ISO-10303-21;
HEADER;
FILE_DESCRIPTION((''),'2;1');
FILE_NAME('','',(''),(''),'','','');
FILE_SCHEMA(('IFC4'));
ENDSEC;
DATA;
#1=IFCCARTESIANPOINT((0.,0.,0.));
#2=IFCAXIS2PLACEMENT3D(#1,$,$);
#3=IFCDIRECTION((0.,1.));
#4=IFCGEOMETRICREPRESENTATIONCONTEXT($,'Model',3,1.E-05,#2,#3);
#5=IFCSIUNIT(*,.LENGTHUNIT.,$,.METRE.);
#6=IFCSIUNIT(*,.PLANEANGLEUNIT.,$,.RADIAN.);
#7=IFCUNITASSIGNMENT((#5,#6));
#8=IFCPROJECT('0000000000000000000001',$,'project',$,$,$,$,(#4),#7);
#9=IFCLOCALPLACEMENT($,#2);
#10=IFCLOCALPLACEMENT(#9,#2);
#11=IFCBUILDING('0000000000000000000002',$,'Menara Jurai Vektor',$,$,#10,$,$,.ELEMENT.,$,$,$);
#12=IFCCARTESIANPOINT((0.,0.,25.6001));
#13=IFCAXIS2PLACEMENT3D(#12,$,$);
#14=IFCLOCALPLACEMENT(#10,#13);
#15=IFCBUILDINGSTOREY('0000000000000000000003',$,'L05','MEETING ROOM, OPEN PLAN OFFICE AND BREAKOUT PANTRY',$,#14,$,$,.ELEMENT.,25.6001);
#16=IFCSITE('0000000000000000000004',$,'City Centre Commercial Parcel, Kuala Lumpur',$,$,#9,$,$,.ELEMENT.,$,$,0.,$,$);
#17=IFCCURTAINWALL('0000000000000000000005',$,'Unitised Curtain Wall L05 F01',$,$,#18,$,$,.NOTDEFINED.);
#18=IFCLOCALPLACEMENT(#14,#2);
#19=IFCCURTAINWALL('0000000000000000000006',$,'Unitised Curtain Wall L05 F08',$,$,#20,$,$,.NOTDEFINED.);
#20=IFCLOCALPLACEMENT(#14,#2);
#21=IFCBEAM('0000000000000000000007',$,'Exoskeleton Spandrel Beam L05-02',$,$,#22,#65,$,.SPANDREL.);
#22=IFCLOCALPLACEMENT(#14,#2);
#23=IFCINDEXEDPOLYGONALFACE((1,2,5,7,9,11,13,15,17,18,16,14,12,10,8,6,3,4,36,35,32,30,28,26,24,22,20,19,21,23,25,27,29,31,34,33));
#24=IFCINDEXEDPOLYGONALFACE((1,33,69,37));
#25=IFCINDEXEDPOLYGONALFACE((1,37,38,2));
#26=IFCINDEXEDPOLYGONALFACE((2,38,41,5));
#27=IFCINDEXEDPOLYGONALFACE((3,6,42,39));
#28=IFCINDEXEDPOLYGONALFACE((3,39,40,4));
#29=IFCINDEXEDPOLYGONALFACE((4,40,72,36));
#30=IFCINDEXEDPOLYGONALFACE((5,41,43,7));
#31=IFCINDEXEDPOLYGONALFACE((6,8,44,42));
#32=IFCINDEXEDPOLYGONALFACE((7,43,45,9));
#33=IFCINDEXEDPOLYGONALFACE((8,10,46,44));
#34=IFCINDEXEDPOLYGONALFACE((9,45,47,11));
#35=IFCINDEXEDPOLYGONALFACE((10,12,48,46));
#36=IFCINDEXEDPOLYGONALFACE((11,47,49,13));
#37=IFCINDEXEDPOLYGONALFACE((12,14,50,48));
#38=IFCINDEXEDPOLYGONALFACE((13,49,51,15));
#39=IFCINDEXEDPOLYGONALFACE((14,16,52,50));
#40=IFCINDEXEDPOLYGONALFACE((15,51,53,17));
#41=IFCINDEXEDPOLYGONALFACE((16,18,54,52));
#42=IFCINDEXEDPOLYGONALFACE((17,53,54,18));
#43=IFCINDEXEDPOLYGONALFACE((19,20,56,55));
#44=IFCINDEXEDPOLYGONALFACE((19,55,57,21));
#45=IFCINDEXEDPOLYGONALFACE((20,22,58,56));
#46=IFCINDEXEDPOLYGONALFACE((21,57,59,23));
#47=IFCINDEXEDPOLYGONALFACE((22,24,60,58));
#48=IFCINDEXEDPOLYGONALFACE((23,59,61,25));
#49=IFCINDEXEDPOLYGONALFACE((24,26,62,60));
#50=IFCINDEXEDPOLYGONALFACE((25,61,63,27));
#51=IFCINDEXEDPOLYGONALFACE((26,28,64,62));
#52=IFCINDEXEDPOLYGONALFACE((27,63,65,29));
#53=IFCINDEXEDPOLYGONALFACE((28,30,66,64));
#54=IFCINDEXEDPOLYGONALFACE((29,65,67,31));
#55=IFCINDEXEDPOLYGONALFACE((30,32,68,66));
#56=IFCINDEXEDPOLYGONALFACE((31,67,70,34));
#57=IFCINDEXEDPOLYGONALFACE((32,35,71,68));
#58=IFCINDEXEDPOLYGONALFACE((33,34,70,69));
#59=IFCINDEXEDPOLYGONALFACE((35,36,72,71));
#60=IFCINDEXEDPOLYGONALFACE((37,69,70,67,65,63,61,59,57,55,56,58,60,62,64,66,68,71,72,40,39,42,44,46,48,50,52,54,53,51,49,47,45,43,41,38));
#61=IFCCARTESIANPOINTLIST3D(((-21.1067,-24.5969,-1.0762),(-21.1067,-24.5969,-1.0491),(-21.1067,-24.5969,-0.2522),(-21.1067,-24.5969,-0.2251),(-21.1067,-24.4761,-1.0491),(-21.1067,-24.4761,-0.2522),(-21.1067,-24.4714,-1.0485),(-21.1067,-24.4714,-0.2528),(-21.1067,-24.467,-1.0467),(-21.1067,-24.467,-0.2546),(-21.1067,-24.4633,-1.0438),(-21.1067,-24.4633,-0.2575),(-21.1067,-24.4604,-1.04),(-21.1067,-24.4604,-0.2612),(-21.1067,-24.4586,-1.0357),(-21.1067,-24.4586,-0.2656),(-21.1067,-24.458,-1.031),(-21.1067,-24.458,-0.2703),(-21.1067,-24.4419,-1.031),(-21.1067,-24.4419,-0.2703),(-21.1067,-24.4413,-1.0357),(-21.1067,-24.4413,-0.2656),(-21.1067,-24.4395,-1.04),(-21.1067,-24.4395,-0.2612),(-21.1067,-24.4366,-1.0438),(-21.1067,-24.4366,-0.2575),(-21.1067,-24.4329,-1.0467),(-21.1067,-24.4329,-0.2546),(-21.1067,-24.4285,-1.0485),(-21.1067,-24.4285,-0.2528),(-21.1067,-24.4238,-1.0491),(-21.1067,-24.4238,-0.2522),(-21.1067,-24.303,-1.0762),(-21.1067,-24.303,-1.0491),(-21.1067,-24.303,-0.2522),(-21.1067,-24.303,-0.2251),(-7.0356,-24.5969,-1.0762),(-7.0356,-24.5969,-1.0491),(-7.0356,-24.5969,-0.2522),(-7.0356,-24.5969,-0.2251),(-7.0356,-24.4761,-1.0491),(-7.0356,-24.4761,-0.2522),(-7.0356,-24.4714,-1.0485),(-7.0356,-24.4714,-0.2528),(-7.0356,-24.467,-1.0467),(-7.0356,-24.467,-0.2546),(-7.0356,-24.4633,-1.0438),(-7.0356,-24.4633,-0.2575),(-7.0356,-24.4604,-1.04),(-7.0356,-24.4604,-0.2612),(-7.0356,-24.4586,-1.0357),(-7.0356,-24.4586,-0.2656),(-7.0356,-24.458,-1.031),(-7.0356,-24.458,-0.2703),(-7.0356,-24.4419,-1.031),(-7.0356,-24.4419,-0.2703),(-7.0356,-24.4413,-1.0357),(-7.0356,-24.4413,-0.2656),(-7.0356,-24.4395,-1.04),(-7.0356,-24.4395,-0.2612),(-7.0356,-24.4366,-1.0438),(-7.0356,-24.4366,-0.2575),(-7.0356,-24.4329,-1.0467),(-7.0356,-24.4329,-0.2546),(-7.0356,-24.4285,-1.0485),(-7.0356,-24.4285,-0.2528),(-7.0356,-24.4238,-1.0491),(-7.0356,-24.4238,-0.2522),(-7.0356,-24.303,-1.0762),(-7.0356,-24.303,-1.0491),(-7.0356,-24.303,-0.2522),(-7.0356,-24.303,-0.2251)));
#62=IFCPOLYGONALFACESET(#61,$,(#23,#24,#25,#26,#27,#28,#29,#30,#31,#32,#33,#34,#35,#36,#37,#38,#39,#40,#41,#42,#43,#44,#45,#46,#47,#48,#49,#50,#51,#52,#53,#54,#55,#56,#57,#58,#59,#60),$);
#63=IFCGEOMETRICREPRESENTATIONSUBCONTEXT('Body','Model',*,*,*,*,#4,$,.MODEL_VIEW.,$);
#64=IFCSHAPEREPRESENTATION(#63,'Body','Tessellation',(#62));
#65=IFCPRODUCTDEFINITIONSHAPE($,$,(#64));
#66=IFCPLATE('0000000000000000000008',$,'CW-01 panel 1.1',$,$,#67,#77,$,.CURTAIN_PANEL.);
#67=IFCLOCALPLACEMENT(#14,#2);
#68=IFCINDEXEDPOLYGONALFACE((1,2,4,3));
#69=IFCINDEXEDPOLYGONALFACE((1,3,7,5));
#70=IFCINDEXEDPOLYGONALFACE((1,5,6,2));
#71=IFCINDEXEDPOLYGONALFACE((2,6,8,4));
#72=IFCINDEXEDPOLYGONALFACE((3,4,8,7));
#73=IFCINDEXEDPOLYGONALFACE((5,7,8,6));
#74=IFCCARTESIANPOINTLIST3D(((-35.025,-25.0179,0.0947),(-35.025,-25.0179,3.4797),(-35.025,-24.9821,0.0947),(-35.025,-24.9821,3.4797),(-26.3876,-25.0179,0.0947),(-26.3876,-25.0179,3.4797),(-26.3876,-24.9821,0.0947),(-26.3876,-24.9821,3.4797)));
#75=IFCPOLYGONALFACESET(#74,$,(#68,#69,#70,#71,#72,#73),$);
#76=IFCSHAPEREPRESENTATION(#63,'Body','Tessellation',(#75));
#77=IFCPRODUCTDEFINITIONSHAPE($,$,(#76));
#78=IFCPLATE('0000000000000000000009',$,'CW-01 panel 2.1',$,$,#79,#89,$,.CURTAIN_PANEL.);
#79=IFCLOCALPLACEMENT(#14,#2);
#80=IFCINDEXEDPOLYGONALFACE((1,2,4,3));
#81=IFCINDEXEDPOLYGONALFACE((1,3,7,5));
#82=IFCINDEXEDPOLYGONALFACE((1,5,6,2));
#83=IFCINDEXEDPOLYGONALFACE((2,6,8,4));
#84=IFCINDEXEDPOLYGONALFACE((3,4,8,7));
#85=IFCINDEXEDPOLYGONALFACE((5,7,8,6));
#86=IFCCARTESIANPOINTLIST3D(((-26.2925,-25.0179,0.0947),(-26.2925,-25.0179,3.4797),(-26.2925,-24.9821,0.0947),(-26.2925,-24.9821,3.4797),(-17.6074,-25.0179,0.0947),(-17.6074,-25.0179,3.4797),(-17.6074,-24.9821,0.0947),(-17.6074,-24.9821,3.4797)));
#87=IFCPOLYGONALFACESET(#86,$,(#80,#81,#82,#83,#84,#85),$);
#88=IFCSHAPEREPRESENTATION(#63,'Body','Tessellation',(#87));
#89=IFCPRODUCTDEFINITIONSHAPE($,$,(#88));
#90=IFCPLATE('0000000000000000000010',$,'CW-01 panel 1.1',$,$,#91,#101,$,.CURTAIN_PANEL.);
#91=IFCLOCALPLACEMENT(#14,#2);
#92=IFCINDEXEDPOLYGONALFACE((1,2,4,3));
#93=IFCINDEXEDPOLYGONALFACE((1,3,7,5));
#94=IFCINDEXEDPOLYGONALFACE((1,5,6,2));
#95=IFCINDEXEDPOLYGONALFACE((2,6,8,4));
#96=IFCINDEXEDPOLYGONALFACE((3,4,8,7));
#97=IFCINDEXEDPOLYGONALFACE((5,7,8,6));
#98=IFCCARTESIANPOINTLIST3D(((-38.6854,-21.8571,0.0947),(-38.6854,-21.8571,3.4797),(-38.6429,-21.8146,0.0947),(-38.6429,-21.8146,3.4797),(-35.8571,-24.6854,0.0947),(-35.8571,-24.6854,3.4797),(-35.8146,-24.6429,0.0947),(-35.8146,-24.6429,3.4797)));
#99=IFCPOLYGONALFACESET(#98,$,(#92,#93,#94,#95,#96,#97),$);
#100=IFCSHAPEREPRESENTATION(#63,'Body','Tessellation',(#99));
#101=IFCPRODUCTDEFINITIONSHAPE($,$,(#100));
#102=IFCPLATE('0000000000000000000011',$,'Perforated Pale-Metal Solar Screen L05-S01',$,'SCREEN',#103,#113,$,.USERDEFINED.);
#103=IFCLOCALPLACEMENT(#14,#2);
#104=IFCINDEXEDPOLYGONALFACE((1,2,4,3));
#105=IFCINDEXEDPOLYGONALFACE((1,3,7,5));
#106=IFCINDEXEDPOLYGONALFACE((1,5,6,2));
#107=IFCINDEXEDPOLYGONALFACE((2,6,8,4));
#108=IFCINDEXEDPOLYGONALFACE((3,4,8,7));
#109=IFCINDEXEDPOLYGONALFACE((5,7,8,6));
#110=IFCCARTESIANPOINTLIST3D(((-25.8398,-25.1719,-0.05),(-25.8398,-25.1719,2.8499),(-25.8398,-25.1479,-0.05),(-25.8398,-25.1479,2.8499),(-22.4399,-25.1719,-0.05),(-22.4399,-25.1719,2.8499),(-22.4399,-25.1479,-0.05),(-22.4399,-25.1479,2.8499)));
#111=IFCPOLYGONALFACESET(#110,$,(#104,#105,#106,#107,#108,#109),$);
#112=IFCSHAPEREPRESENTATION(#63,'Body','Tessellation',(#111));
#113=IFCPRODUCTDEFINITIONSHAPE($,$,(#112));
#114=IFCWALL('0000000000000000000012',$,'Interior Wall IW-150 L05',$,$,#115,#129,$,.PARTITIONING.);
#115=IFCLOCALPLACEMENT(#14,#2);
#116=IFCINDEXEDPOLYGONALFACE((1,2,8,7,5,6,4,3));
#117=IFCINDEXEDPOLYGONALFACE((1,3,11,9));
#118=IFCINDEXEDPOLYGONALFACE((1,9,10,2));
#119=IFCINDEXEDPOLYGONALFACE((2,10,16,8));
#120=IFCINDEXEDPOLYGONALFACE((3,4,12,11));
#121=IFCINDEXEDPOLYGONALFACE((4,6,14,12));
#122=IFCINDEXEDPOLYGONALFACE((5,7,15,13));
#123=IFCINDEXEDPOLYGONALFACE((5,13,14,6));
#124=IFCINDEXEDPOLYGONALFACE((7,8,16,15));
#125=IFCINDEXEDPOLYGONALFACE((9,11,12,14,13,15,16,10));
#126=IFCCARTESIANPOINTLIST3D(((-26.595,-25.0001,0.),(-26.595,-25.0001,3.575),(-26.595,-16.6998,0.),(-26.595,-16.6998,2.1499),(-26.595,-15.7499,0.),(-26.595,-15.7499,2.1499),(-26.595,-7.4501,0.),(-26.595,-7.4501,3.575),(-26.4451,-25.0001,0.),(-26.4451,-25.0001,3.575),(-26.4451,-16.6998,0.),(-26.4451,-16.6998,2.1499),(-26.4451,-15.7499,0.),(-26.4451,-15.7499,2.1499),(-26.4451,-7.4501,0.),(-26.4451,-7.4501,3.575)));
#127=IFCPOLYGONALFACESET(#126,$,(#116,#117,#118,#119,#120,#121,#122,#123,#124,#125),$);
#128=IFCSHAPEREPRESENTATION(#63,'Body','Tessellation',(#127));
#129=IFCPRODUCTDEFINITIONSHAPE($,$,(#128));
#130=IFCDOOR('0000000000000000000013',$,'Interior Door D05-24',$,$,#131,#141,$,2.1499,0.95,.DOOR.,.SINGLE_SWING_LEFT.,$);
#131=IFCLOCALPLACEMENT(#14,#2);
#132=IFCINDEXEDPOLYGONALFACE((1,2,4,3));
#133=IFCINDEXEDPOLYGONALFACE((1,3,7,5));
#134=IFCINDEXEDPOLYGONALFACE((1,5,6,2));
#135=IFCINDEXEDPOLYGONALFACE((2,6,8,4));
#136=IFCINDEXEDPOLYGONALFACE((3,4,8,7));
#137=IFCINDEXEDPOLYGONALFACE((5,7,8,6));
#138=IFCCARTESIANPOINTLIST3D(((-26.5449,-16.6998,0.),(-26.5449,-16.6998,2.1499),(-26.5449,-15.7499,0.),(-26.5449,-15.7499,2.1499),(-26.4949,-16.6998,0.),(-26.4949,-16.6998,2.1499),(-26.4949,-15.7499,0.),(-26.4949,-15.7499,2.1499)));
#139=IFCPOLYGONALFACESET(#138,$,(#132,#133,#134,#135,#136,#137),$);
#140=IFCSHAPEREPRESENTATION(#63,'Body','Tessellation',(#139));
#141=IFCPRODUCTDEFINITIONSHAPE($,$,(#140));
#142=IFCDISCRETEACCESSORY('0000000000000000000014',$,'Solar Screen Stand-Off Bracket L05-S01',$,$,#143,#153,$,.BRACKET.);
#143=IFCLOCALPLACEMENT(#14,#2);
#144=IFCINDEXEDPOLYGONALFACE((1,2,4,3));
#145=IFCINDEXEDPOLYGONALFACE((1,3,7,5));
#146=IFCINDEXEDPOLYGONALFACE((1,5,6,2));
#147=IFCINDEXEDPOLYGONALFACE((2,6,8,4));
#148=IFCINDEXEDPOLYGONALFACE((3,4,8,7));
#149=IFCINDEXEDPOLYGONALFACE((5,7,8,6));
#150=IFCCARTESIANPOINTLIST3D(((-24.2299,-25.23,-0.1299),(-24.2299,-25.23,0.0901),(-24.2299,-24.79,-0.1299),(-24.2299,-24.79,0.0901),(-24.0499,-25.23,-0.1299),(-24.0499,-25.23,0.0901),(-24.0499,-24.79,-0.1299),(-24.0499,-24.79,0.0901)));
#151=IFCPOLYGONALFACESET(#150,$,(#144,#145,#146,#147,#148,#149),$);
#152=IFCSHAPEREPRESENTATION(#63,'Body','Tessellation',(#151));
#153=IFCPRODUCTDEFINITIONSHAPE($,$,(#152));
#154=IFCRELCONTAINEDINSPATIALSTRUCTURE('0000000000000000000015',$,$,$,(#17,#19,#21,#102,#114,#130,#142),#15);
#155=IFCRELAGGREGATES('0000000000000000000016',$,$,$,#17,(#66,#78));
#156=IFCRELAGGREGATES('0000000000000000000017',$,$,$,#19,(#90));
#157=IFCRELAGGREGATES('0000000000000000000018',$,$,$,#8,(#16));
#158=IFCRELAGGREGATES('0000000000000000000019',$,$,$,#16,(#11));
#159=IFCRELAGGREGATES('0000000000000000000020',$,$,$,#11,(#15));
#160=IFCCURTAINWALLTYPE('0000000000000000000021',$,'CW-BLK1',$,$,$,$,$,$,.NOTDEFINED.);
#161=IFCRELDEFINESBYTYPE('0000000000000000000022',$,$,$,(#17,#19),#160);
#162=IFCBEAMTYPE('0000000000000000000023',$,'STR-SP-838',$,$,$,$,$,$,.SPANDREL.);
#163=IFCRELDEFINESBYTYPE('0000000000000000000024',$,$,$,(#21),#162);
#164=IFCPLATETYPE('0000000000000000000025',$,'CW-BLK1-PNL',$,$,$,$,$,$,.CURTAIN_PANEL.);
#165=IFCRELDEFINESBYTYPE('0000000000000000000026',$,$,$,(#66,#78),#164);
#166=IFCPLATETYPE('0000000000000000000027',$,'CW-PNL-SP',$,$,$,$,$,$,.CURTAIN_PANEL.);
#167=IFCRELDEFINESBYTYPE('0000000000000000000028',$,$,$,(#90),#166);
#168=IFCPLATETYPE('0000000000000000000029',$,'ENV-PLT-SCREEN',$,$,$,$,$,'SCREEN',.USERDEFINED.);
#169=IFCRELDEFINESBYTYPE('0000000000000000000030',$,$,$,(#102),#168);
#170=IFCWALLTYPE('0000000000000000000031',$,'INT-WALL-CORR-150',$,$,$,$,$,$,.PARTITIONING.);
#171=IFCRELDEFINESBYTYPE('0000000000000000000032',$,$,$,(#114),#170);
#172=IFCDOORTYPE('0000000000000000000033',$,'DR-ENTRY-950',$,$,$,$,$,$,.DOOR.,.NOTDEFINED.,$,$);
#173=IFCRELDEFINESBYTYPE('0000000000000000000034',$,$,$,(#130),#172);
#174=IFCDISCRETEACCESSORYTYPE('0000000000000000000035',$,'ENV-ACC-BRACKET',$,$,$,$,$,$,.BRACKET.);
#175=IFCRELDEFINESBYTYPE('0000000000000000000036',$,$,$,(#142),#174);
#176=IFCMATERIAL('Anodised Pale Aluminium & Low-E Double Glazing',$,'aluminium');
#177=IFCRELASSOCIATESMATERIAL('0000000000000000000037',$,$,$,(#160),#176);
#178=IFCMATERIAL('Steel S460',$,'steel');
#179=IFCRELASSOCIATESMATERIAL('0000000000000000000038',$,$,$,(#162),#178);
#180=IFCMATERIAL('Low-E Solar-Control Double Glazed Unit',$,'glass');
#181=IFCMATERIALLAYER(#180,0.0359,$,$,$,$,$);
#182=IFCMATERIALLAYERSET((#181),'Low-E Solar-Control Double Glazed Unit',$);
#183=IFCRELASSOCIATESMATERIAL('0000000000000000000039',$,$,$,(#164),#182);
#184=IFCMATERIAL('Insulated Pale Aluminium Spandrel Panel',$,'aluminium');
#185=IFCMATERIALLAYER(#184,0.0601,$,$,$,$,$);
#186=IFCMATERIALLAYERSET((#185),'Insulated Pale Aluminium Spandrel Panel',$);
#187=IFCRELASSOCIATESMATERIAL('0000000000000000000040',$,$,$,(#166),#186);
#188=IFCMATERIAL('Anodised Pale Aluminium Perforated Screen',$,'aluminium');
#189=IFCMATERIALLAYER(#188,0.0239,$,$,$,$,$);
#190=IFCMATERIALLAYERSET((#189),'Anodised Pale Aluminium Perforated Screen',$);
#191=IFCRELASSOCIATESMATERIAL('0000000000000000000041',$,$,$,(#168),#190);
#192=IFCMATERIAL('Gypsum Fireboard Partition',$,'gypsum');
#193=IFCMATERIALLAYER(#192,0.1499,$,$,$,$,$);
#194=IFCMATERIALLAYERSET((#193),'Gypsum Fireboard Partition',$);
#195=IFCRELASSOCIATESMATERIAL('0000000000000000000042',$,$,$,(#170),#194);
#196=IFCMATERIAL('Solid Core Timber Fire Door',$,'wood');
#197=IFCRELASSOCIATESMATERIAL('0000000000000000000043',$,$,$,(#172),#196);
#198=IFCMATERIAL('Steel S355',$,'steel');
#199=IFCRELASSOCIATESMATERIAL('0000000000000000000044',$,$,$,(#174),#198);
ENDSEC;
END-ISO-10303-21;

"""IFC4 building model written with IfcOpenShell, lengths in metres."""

from ifc_helpers import new_model, si_unit, direction, frame, frame_2d, origin, origin_2d, place, context, subcontext, project, spatial, rectangle, i_section, extrude, material, layer, layer_set, material_profile, profile_set, type_object, element, fill, aggregate, save


model = new_model("IFC4")

# Units and contexts
model_context = context("Model", 3, precision=1e-05, world=origin(), true_north=direction((0.0, 1.0)))
body_context = subcontext(model_context, "Body", "Model", "MODEL_VIEW")
ifc_project = project(units=[si_unit("LENGTHUNIT", "METRE"), si_unit("PLANEANGLEUNIT", "RADIAN")], contexts=[model_context])

# Site, building, storey
site_placement = place(None, origin())
site = spatial("IfcSite", under=ifc_project, at=site_placement, Name="City Centre Commercial Parcel, Kuala Lumpur", CompositionType="ELEMENT", RefElevation=0.0)
building_placement = place(site_placement, origin())
building = spatial("IfcBuilding", under=site, at=building_placement, Name="Menara Jurai Vektor", CompositionType="ELEMENT")
storey_placement = place(building_placement, frame((0.0, 0.0, 25.6001)))
storey = spatial("IfcBuildingStorey", under=building, at=storey_placement, Name="L05", Description="MEETING ROOM, OPEN PLAN OFFICE AND BREAKOUT PANTRY", CompositionType="ELEMENT", Elevation=25.6001)

# Shared definitions
ifc_material_1 = material(Name="Steel S460", Category="steel")

# Curtain walls
ifc_material_2 = material(Name="Anodised Pale Aluminium & Low-E Double Glazing", Category="aluminium")
curtain_wall_type = type_object("IfcCurtainWallType", Name="CW-BLK1", PredefinedType="NOTDEFINED", material=ifc_material_2)
curtain_wall_1_placement = place(storey_placement, origin())
curtain_wall_1 = element("IfcCurtainWall", 1, at=curtain_wall_1_placement, inside=storey, type_object=curtain_wall_type, Name="Unitised Curtain Wall L05 F01", PredefinedType="NOTDEFINED")
curtain_wall_2_placement = place(storey_placement, origin())
curtain_wall_2 = element("IfcCurtainWall", 2, at=curtain_wall_2_placement, inside=storey, type_object=curtain_wall_type, Name="Unitised Curtain Wall L05 F08", PredefinedType="NOTDEFINED")

# Shared definitions
ifc_material_3 = material(Name="Steel S355", Category="steel")

# Beam
ifc_material_profile_1 = material_profile(ifc_material_1, i_section(OverallWidth=0.2939, OverallDepth=0.8511, WebThickness=0.0161, FlangeThickness=0.0271, FilletRadius=0.0181, at=origin_2d()), Name="UKB 838x292x226")
ifc_profile_set_1 = profile_set([ifc_material_profile_1], Name="Steel S460")
beam_type_1 = type_object("IfcBeamType", Name="STR-SP-838", PredefinedType="SPANDREL", material=ifc_profile_set_1)
for number, where, z_axis, x_axis, name in (
    (3, (-21.1067, -24.45, -0.6506), (1.0, 0.0, 0.0), (0.0, 1.0, 0.0), "Exoskeleton Spandrel Beam L05-02"),
):
    element("IfcBeam", number, at=place(storey_placement, frame(where, z_axis=z_axis, x_axis=x_axis)), inside=storey, type_object=beam_type_1, Name=name, PredefinedType="SPANDREL", context=body_context, shape_type="SweptSolid", body=[
        extrude(i_section(OverallWidth=0.2939, OverallDepth=0.8511, WebThickness=0.0161, FlangeThickness=0.0271, FilletRadius=0.0181, at=origin_2d()), origin(), (0.0, 0.0, 1.0), 14.071),
    ])

# Plates
ifc_material_4 = material(Name="Low-E Solar-Control Double Glazed Unit", Category="glass")
ifc_layer_1 = layer(ifc_material_4, 0.0359)
ifc_layer_set_1 = layer_set([ifc_layer_1], Name="Low-E Solar-Control Double Glazed Unit")
plate_type_1 = type_object("IfcPlateType", Name="CW-BLK1-PNL", PredefinedType="CURTAIN_PANEL", material=ifc_layer_set_1)
plate_1_placement = place(storey_placement, frame((-30.7063, -25.0, 0.0947), z_axis=(0.0, 0.0, 1.0), x_axis=(1.0, 0.0, 0.0)))
plate_1 = element("IfcPlate", 4, at=plate_1_placement, type_object=plate_type_1, Name="CW-01 panel 1.1", PredefinedType="CURTAIN_PANEL", context=body_context, shape_type="SweptSolid", body=[
    extrude(rectangle(XDim=8.6375, YDim=0.0359, at=origin_2d()), origin(), (0.0, 0.0, 1.0), 3.385),
])
plate_2_placement = place(storey_placement, frame((-21.95, -25.0, 0.0947), z_axis=(0.0, 0.0, 1.0), x_axis=(1.0, 0.0, 0.0)))
plate_2 = element("IfcPlate", 5, at=plate_2_placement, type_object=plate_type_1, Name="CW-01 panel 2.1", PredefinedType="CURTAIN_PANEL", context=body_context, shape_type="SweptSolid", body=[
    extrude(rectangle(XDim=8.6851, YDim=0.0359, at=origin_2d()), origin(), (0.0, 0.0, 1.0), 3.385),
])
aggregate(curtain_wall_1, [plate_1, plate_2])
ifc_material_5 = material(Name="Insulated Pale Aluminium Spandrel Panel", Category="aluminium")
ifc_layer_2 = layer(ifc_material_5, 0.0601)
ifc_layer_set_2 = layer_set([ifc_layer_2], Name="Insulated Pale Aluminium Spandrel Panel")
plate_type_2 = type_object("IfcPlateType", Name="CW-PNL-SP", PredefinedType="CURTAIN_PANEL", material=ifc_layer_set_2)
plate_3_placement = place(storey_placement, frame((-37.25, -23.25, 0.0947), z_axis=(0.0, 0.0, 1.0), x_axis=(0.707107, -0.707107, 0.0)))
plate_3 = element("IfcPlate", 6, at=plate_3_placement, type_object=plate_type_2, Name="CW-01 panel 1.1", PredefinedType="CURTAIN_PANEL", context=body_context, shape_type="SweptSolid", body=[
    extrude(rectangle(XDim=3.9998, YDim=0.0601, at=origin_2d()), origin(), (0.0, 0.0, 1.0), 3.385),
])
aggregate(curtain_wall_2, [plate_3])
ifc_material_6 = material(Name="Anodised Pale Aluminium Perforated Screen", Category="aluminium")
ifc_layer_3 = layer(ifc_material_6, 0.0239)
ifc_layer_set_3 = layer_set([ifc_layer_3], Name="Anodised Pale Aluminium Perforated Screen")
plate_type_3 = type_object("IfcPlateType", Name="ENV-PLT-SCREEN", ElementType="SCREEN", PredefinedType="USERDEFINED", material=ifc_layer_set_3)
plate_4_placement = place(storey_placement, frame((-24.1399, -25.1599, -0.05), z_axis=(0.0, 0.0, 1.0), x_axis=(1.0, 0.0, 0.0)))
element("IfcPlate", 7, at=plate_4_placement, inside=storey, type_object=plate_type_3, Name="Perforated Pale-Metal Solar Screen L05-S01", ObjectType="SCREEN", PredefinedType="USERDEFINED", context=body_context, shape_type="SweptSolid", body=[
    extrude(rectangle(XDim=3.3999, YDim=0.0239, at=origin_2d()), origin(), (0.0, 0.0, 1.0), 2.8999),
])

# Wall, opening, door
ifc_material_7 = material(Name="Gypsum Fireboard Partition", Category="gypsum")
ifc_layer_4 = layer(ifc_material_7, 0.1499)
ifc_layer_set_4 = layer_set([ifc_layer_4], Name="Gypsum Fireboard Partition")
wall_type = type_object("IfcWallType", Name="INT-WALL-CORR-150", PredefinedType="PARTITIONING", material=ifc_layer_set_4)
wall_placement = place(storey_placement, frame((-26.52, -25.0, 0.0), z_axis=(0.0, 0.0, 1.0), x_axis=(0.0, 1.0, 0.0)))
wall = element("IfcWall", 8, at=wall_placement, inside=storey, type_object=wall_type, Name="Interior Wall IW-150 L05", PredefinedType="PARTITIONING", context=body_context, shape_type="SweptSolid", body=[
    extrude(rectangle(XDim=17.55, YDim=0.1499, at=frame_2d((8.7749, 0.0))), origin(), (0.0, 0.0, 1.0), 3.575),
])
opening_placement = place(wall_placement, frame((8.3, 0.0, 0.0)))
opening = element("IfcOpeningElement", 9, at=opening_placement, cuts=wall, PredefinedType="OPENING", context=body_context, shape_type="SweptSolid", body=[
    extrude(rectangle(XDim=0.95, YDim=2.1499, at=frame_2d((0.4751, 1.075))), frame((0.0, 0.085, 0.0), z_axis=(0.0, -1.0, 0.0), x_axis=(1.0, 0.0, 0.0)), (0.0, 0.0, 1.0), 0.1699),
])
ifc_material_8 = material(Name="Solid Core Timber Fire Door", Category="wood")
door_type = type_object("IfcDoorType", Name="DR-ENTRY-950", OperationType="NOTDEFINED", PredefinedType="DOOR", material=ifc_material_8)
door_placement = place(opening_placement, origin())
door = element("IfcDoor", 10, at=door_placement, inside=storey, type_object=door_type, Name="Interior Door D05-24", OperationType="SINGLE_SWING_LEFT", OverallHeight=2.1499, OverallWidth=0.95, PredefinedType="DOOR", context=body_context, shape_type="SweptSolid", body=[
    extrude(rectangle(XDim=0.95, YDim=2.1499, at=frame_2d((0.4751, 1.075))), frame((0.0, 0.0249, 0.0), z_axis=(0.0, -1.0, 0.0), x_axis=(1.0, 0.0, 0.0)), (0.0, 0.0, 1.0), 0.05),
])
fill(opening, door)

# Discrete accessory
discrete_accessory_type = type_object("IfcDiscreteAccessoryType", Name="ENV-ACC-BRACKET", PredefinedType="BRACKET", material=ifc_material_3)
discrete_accessory_placement = place(storey_placement, frame((-24.1399, -25.01, -0.1299), z_axis=(0.0, 0.0, 1.0), x_axis=(1.0, 0.0, 0.0)))
element("IfcDiscreteAccessory", 11, at=discrete_accessory_placement, inside=storey, type_object=discrete_accessory_type, Name="Solar Screen Stand-Off Bracket L05-S01", PredefinedType="BRACKET", context=body_context, shape_type="SweptSolid", body=[
    extrude(rectangle(XDim=0.1799, YDim=0.4399, at=origin_2d()), origin(), (0.0, 0.0, 1.0), 0.22),
])

save(model, "model.ifc")
